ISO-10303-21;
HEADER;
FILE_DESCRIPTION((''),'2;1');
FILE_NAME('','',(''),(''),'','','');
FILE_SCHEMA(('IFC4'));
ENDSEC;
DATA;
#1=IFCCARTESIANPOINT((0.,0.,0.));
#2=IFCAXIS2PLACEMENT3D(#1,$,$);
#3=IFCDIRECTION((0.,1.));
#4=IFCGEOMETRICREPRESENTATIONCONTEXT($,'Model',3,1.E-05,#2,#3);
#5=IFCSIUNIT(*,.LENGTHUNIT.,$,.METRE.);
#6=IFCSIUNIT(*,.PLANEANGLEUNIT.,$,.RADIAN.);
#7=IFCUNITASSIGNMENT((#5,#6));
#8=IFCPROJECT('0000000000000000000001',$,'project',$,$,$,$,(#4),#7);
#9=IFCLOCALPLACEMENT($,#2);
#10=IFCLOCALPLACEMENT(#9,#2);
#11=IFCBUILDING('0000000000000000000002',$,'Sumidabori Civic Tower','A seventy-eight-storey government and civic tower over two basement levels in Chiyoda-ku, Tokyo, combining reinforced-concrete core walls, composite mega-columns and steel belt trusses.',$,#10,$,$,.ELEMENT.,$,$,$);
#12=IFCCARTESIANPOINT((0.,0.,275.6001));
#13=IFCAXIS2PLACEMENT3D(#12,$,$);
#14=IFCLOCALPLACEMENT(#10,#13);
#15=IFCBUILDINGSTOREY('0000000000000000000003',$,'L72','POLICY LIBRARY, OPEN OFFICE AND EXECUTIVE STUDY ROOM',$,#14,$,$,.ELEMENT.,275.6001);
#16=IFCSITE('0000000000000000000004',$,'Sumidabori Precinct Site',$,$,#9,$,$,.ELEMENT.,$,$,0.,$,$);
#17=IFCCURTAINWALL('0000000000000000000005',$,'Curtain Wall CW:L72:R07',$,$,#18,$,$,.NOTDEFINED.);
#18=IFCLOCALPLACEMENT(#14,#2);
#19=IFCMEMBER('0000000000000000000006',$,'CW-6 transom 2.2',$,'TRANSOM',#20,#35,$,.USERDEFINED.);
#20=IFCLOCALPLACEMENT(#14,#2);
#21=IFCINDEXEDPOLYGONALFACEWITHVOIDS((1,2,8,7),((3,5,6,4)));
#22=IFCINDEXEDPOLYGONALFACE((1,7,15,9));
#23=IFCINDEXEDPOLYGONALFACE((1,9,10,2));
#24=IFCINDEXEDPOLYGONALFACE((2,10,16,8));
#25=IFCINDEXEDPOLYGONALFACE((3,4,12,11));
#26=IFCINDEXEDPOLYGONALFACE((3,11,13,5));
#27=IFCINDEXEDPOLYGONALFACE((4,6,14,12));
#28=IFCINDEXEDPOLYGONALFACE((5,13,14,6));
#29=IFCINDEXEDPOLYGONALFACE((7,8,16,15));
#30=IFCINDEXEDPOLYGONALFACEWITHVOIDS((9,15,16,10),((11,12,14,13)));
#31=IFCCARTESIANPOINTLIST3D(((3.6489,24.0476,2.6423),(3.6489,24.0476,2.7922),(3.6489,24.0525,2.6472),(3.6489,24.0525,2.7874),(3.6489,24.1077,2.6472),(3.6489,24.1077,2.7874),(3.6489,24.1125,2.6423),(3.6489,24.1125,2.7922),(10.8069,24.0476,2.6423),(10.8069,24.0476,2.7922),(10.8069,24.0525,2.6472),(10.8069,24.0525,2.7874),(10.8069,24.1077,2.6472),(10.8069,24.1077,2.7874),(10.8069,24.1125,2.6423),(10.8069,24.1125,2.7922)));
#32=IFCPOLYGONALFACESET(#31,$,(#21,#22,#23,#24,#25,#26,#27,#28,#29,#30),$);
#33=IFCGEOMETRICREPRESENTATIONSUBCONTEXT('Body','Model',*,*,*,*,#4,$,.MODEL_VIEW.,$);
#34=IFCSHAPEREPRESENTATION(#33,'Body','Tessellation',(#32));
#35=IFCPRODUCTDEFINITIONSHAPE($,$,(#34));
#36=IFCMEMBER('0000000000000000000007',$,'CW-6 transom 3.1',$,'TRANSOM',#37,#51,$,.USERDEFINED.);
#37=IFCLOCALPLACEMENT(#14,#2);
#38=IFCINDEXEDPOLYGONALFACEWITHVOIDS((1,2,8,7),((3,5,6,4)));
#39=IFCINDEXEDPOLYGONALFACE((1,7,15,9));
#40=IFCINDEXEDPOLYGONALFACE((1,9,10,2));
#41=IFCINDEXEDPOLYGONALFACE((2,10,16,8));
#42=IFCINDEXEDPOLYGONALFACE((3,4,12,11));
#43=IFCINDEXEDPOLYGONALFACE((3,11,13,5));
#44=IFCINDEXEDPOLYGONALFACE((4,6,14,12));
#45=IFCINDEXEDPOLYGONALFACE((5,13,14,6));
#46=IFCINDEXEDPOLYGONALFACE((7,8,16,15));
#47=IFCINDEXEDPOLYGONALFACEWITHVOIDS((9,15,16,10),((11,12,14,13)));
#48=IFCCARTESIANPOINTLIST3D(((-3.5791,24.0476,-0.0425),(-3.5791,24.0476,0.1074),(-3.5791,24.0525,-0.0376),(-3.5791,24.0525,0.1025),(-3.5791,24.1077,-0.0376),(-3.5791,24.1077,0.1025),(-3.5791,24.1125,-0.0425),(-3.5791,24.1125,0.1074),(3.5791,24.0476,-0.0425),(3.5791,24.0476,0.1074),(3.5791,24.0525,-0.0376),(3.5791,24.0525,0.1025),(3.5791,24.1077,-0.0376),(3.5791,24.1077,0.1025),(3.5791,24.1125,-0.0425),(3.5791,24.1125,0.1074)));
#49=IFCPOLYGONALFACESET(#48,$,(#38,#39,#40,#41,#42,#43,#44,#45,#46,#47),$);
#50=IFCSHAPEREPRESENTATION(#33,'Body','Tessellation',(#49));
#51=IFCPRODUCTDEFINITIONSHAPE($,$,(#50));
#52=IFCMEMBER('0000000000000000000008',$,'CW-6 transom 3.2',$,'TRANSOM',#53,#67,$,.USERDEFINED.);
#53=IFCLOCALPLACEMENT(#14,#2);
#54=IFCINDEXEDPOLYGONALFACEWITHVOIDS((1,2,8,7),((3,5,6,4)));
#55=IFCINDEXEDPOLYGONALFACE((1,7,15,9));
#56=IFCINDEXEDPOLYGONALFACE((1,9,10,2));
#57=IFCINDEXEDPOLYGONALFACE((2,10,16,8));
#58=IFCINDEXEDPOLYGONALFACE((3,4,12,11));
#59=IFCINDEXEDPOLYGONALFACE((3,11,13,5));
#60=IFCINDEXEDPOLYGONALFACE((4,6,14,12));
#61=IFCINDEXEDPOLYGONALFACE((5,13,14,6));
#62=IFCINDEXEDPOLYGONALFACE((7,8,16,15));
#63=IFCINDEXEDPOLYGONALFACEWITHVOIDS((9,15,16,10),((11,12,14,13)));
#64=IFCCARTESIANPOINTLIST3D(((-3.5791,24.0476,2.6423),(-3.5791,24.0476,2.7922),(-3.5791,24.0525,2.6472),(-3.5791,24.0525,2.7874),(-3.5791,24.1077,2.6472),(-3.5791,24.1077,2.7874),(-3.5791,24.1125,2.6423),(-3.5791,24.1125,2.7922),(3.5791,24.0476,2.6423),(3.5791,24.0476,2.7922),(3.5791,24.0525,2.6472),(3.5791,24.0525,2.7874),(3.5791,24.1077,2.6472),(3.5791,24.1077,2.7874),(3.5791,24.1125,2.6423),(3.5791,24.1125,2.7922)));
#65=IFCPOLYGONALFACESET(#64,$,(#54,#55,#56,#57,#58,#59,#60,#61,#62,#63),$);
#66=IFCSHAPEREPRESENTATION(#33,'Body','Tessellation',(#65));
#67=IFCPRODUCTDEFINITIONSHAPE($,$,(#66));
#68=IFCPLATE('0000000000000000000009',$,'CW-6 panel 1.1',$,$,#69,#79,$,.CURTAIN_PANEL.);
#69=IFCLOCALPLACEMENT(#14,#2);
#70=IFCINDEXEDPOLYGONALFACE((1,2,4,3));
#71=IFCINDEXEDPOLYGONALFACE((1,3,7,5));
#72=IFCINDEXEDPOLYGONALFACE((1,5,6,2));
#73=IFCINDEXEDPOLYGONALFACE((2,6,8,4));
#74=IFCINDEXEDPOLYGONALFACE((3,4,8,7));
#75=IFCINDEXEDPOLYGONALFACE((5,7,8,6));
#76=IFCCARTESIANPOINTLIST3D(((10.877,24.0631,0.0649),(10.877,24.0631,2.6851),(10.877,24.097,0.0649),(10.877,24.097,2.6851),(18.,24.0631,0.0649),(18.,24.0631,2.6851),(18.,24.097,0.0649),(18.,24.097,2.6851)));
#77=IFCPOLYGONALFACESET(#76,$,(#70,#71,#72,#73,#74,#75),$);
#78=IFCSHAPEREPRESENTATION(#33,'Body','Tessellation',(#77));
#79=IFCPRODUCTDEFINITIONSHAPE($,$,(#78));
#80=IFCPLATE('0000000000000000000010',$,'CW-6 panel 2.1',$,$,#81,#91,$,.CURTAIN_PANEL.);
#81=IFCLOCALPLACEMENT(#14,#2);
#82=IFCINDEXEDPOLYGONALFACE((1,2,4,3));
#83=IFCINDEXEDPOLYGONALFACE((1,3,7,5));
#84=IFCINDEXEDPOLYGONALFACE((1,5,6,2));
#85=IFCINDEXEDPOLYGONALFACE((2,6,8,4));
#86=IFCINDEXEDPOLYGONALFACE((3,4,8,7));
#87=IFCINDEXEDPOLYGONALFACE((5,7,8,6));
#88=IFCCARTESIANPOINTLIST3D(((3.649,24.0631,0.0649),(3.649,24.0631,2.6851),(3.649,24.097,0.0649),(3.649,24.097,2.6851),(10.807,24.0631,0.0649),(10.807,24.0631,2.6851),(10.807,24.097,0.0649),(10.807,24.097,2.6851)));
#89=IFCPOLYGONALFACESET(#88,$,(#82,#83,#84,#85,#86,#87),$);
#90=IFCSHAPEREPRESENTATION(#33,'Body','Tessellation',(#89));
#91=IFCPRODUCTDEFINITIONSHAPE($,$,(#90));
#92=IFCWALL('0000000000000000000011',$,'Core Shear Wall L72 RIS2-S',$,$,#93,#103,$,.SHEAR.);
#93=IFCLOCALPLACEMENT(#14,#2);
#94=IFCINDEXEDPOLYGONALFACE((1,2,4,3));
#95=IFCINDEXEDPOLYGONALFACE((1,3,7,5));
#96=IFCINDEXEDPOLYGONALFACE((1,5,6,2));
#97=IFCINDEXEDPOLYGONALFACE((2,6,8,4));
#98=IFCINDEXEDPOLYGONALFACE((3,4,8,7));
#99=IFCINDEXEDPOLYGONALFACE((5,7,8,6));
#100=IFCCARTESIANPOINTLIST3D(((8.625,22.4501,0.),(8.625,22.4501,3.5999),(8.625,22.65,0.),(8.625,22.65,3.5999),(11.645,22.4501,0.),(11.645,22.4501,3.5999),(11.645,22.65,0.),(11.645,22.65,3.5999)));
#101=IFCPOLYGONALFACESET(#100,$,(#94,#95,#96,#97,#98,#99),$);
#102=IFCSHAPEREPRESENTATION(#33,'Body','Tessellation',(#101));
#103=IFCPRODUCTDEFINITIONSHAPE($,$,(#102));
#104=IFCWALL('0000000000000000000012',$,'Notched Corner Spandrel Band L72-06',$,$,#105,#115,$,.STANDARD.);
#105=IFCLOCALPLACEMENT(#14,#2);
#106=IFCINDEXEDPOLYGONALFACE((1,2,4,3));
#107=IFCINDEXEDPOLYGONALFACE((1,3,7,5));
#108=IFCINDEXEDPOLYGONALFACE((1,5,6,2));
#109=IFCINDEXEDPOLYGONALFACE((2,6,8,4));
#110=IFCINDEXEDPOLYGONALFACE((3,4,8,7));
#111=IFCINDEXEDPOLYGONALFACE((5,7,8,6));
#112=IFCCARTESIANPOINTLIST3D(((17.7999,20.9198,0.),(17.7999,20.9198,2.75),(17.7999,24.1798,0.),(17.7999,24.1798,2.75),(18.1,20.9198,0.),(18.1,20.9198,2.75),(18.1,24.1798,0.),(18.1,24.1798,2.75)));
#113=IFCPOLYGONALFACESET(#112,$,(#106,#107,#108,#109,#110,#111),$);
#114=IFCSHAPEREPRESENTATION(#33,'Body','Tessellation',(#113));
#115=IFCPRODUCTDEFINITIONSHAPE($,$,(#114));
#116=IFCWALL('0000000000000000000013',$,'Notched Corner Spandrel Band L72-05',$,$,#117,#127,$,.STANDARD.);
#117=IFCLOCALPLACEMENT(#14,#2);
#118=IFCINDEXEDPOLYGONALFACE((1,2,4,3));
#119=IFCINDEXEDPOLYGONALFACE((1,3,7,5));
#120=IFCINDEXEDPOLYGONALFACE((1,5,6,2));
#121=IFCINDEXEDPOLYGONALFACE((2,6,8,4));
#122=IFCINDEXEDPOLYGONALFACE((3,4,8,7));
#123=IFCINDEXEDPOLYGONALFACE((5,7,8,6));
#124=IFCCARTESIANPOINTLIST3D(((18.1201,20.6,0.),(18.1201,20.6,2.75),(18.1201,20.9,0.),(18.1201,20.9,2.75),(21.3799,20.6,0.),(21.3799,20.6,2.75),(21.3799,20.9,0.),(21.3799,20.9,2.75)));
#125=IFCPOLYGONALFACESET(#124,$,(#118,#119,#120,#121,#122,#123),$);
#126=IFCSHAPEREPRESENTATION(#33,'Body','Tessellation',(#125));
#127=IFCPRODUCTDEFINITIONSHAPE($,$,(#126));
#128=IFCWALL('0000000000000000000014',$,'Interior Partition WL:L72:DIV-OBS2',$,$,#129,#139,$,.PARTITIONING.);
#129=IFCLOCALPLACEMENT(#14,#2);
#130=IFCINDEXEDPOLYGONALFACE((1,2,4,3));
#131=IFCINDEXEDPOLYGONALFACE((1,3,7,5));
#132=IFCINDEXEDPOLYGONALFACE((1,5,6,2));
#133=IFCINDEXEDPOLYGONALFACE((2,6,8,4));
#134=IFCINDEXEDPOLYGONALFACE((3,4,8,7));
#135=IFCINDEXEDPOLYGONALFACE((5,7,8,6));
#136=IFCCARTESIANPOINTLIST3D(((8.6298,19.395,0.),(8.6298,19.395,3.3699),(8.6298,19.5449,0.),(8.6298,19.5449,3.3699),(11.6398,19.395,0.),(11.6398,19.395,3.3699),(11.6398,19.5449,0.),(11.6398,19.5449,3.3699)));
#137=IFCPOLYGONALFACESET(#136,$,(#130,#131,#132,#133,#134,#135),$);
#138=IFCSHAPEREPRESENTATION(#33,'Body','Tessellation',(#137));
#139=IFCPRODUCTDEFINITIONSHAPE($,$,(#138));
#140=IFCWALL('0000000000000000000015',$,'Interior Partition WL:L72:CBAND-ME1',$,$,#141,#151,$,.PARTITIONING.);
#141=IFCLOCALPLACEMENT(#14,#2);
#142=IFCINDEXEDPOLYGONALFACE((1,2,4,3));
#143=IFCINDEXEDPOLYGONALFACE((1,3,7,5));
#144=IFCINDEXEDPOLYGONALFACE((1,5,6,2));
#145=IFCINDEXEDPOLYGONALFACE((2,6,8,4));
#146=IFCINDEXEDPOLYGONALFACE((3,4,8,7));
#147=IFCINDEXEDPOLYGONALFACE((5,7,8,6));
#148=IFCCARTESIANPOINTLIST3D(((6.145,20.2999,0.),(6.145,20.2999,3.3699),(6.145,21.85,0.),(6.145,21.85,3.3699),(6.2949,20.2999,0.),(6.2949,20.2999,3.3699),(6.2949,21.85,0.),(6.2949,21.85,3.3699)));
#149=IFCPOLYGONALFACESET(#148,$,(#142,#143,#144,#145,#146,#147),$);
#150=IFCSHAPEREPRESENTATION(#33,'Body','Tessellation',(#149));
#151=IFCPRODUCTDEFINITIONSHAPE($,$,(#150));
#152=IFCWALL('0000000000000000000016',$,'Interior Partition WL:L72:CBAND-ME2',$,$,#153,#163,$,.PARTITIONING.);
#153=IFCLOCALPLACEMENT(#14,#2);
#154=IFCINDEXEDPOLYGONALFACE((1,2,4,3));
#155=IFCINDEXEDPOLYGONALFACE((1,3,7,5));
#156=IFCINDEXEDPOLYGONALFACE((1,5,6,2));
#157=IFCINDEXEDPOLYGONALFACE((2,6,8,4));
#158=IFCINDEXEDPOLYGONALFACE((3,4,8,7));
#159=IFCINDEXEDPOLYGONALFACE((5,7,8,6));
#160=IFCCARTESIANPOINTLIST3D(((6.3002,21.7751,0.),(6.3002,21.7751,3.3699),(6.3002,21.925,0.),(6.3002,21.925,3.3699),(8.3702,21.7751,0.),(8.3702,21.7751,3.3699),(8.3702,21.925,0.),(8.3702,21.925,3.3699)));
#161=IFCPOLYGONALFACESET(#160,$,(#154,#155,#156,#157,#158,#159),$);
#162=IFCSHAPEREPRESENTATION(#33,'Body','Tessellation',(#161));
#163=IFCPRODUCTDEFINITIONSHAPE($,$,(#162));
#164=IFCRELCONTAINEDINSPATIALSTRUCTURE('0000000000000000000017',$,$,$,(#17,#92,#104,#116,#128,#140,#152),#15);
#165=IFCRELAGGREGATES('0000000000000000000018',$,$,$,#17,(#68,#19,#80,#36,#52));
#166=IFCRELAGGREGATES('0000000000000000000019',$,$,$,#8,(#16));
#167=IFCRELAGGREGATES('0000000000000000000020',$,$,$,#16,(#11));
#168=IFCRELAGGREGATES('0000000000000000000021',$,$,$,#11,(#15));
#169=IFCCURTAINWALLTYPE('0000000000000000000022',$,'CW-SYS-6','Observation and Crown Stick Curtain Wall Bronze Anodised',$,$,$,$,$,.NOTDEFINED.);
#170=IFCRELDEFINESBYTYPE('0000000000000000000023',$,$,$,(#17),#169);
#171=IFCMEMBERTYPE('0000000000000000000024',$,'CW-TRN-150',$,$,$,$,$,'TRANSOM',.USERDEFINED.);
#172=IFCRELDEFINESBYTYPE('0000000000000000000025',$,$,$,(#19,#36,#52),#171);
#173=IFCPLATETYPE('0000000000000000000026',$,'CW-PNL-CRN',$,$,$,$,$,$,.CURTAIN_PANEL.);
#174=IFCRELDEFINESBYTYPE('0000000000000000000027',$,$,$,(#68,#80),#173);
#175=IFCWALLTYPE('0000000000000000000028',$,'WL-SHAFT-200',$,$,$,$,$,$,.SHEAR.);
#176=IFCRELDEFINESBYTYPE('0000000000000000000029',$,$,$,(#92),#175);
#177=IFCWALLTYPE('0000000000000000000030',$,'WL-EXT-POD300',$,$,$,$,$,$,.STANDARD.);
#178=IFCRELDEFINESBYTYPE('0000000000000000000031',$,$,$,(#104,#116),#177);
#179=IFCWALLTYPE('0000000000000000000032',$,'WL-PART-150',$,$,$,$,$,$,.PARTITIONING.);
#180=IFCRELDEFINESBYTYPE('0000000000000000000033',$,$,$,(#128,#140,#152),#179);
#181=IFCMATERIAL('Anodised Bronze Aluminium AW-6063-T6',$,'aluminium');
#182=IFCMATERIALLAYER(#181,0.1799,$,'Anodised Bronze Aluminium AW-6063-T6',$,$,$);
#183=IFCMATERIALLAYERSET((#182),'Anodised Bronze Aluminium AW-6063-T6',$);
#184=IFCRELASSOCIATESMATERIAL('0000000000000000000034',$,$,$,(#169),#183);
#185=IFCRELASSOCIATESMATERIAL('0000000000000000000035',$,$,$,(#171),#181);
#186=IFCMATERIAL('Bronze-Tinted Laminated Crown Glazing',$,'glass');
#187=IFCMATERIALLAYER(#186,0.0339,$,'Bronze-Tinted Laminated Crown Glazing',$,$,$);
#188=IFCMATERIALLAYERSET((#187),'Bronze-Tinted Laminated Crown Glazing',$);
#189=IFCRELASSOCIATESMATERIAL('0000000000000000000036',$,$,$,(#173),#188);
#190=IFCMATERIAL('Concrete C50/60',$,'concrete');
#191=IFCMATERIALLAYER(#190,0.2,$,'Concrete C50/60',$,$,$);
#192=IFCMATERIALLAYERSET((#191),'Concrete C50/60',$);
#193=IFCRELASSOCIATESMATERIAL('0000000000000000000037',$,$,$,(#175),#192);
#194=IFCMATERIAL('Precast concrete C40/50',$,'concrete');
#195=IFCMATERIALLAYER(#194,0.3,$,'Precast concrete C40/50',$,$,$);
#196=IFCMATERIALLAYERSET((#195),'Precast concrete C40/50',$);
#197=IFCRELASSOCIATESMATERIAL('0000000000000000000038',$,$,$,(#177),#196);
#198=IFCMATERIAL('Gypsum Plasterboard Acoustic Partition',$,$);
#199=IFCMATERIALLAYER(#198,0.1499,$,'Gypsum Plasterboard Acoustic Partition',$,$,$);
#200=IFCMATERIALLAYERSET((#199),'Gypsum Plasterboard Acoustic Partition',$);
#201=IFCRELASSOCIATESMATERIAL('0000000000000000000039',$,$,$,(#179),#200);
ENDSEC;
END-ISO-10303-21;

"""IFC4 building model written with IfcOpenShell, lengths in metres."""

from ifc_helpers import new_model, si_unit, direction, frame, frame_2d, origin, origin_2d, place, context, subcontext, project, spatial, rectangle, hollow_rectangle, extrude, source, transform, mapped, material, layer, layer_set, material_profile, profile_set, type_object, element, aggregate, save


model = new_model("IFC4")

# Units and contexts
model_context = context("Model", 3, precision=1e-05, world=origin(), true_north=direction((0.0, 1.0)))
body_context = subcontext(model_context, "Body", "Model", "MODEL_VIEW")
ifc_project = project(units=[si_unit("LENGTHUNIT", "METRE"), si_unit("PLANEANGLEUNIT", "RADIAN")], contexts=[model_context])

# Site, building, storey
site_placement = place(None, origin())
site = spatial("IfcSite", under=ifc_project, at=site_placement, Name="Sumidabori Precinct Site", CompositionType="ELEMENT", RefElevation=0.0)
building_placement = place(site_placement, origin())
building = spatial("IfcBuilding", under=site, at=building_placement, Name="Sumidabori Civic Tower", Description="A seventy-eight-storey government and civic tower over two basement levels in Chiyoda-ku, Tokyo, combining reinforced-concrete core walls, composite mega-columns and steel belt trusses.", CompositionType="ELEMENT")
storey_placement = place(building_placement, frame((0.0, 0.0, 275.6001)))
storey = spatial("IfcBuildingStorey", under=building, at=storey_placement, Name="L72", Description="POLICY LIBRARY, OPEN OFFICE AND EXECUTIVE STUDY ROOM", CompositionType="ELEMENT", Elevation=275.6001)

# Shared definitions
ifc_material_1 = material(Name="Concrete C50/60", Category="concrete")

# Shared definitions
ifc_material_2 = material(Name="Anodised Bronze Aluminium AW-6063-T6", Category="aluminium")
ifc_layer_1 = layer(ifc_material_2, 0.1799, Name="Anodised Bronze Aluminium AW-6063-T6")
ifc_layer_set_1 = layer_set([ifc_layer_1], Name="Anodised Bronze Aluminium AW-6063-T6")
curtain_wall_type = type_object("IfcCurtainWallType", Name="CW-SYS-6", Description="Observation and Crown Stick Curtain Wall Bronze Anodised", PredefinedType="NOTDEFINED", material=ifc_layer_set_1)

# Curtain wall, members, plates
curtain_wall_1_placement = place(storey_placement, origin())
curtain_wall_1 = element("IfcCurtainWall", 1, at=curtain_wall_1_placement, inside=storey, type_object=curtain_wall_type, Name="Curtain Wall CW:L72:R07", PredefinedType="NOTDEFINED")
ifc_material_profile_1 = material_profile(ifc_material_2, hollow_rectangle(XDim=0.0649, YDim=0.1499, WallThickness=0.0049, at=origin_2d()), Name="ALU TRANSOM 150x65")
ifc_profile_set_1 = profile_set([ifc_material_profile_1], Name="Anodised Bronze Aluminium AW-6063-T6")
member_type_1 = type_object("IfcMemberType", Name="CW-TRN-150", ElementType="TRANSOM", PredefinedType="USERDEFINED", material=ifc_profile_set_1)
shared_shape_1 = source(origin(), body_context, "Body", "SweptSolid", [
    extrude(hollow_rectangle(XDim=0.0649, YDim=0.1499, WallThickness=0.0049, at=origin_2d()), origin(), (0.0, 0.0, 1.0), 7.158),
])
member_1_placement = place(storey_placement, frame((10.8069, 24.0801, 2.7173), z_axis=(-1.0, 0.0, 0.0), x_axis=(0.0, -1.0, 0.0)))
member_1 = element("IfcMember", 2, at=member_1_placement, type_object=member_type_1, Name="CW-6 transom 2.2", ObjectType="TRANSOM", PredefinedType="USERDEFINED", context=body_context, shape_type="MappedRepresentation", body=[
    mapped(shared_shape_1, transform((0.0, 0.0, 0.0), x_axis=(1.0, 0.0, 0.0), y_axis=(0.0, 1.0, 0.0), z_axis=(0.0, 0.0, 1.0), scale=1.0)),
])
shared_shape_2 = source(origin(), body_context, "Body", "SweptSolid", [
    extrude(hollow_rectangle(XDim=0.0649, YDim=0.1499, WallThickness=0.0049, at=origin_2d()), origin(), (0.0, 0.0, 1.0), 7.1582),
])
member_2_placement = place(storey_placement, frame((3.5791, 24.0801, 0.0325), z_axis=(-1.0, 0.0, 0.0), x_axis=(0.0, -1.0, 0.0)))
member_2 = element("IfcMember", 3, at=member_2_placement, type_object=member_type_1, Name="CW-6 transom 3.1", ObjectType="TRANSOM", PredefinedType="USERDEFINED", context=body_context, shape_type="MappedRepresentation", body=[
    mapped(shared_shape_2, transform((0.0, 0.0, 0.0), x_axis=(1.0, 0.0, 0.0), y_axis=(0.0, 1.0, 0.0), z_axis=(0.0, 0.0, 1.0), scale=1.0)),
])
member_3_placement = place(storey_placement, frame((3.5791, 24.0801, 2.7173), z_axis=(-1.0, 0.0, 0.0), x_axis=(0.0, -1.0, 0.0)))
member_3 = element("IfcMember", 4, at=member_3_placement, type_object=member_type_1, Name="CW-6 transom 3.2", ObjectType="TRANSOM", PredefinedType="USERDEFINED", context=body_context, shape_type="MappedRepresentation", body=[
    mapped(shared_shape_2, transform((0.0, 0.0, 0.0), x_axis=(1.0, 0.0, 0.0), y_axis=(0.0, 1.0, 0.0), z_axis=(0.0, 0.0, 1.0), scale=1.0)),
])
ifc_material_3 = material(Name="Bronze-Tinted Laminated Crown Glazing", Category="glass")
ifc_layer_2 = layer(ifc_material_3, 0.0339, Name="Bronze-Tinted Laminated Crown Glazing")
ifc_layer_set_2 = layer_set([ifc_layer_2], Name="Bronze-Tinted Laminated Crown Glazing")
plate_type = type_object("IfcPlateType", Name="CW-PNL-CRN", PredefinedType="CURTAIN_PANEL", material=ifc_layer_set_2)
shared_shape_3 = source(origin(), body_context, "Body", "SweptSolid", [
    extrude(rectangle(XDim=7.123, YDim=0.0339, at=origin_2d()), origin(), (0.0, 0.0, 1.0), 2.6201),
])
plate_1_placement = place(storey_placement, frame((14.4385, 24.0801, 0.0649), z_axis=(0.0, 0.0, 1.0), x_axis=(-1.0, 0.0, 0.0)))
plate_1 = element("IfcPlate", 5, at=plate_1_placement, type_object=plate_type, Name="CW-6 panel 1.1", PredefinedType="CURTAIN_PANEL", context=body_context, shape_type="MappedRepresentation", body=[
    mapped(shared_shape_3, transform((0.0, 0.0, 0.0), x_axis=(1.0, 0.0, 0.0), y_axis=(0.0, 1.0, 0.0), z_axis=(0.0, 0.0, 1.0), scale=1.0)),
])
shared_shape_4 = source(origin(), body_context, "Body", "SweptSolid", [
    extrude(rectangle(XDim=7.158, YDim=0.0339, at=origin_2d()), origin(), (0.0, 0.0, 1.0), 2.6201),
])
plate_2_placement = place(storey_placement, frame((7.228, 24.0801, 0.0649), z_axis=(0.0, 0.0, 1.0), x_axis=(-1.0, 0.0, 0.0)))
plate_2 = element("IfcPlate", 6, at=plate_2_placement, type_object=plate_type, Name="CW-6 panel 2.1", PredefinedType="CURTAIN_PANEL", context=body_context, shape_type="MappedRepresentation", body=[
    mapped(shared_shape_4, transform((0.0, 0.0, 0.0), x_axis=(1.0, 0.0, 0.0), y_axis=(0.0, 1.0, 0.0), z_axis=(0.0, 0.0, 1.0), scale=1.0)),
])
aggregate(curtain_wall_1, [plate_1, member_1, plate_2, member_2, member_3])

# Walls
ifc_layer_3 = layer(ifc_material_1, 0.2, Name="Concrete C50/60")
ifc_layer_set_3 = layer_set([ifc_layer_3], Name="Concrete C50/60")
wall_type_1 = type_object("IfcWallType", Name="WL-SHAFT-200", PredefinedType="SHEAR", material=ifc_layer_set_3)
shared_shape_5 = source(origin(), body_context, "Body", "SweptSolid", [
    extrude(rectangle(XDim=3.02, YDim=0.2, at=frame_2d((1.51, 0.0))), origin(), (0.0, 0.0, 1.0), 3.5999),
])
wall_1_placement = place(storey_placement, frame((8.625, 22.55, 0.0), z_axis=(0.0, 0.0, 1.0), x_axis=(1.0, 0.0, 0.0)))
element("IfcWall", 7, at=wall_1_placement, inside=storey, type_object=wall_type_1, Name="Core Shear Wall L72 RIS2-S", PredefinedType="SHEAR", context=body_context, shape_type="MappedRepresentation", body=[
    mapped(shared_shape_5, transform((0.0, 0.0, 0.0), x_axis=(1.0, 0.0, 0.0), y_axis=(0.0, 1.0, 0.0), z_axis=(0.0, 0.0, 1.0), scale=1.0)),
])
ifc_material_4 = material(Name="Precast concrete C40/50", Category="concrete")
ifc_layer_4 = layer(ifc_material_4, 0.3, Name="Precast concrete C40/50")
ifc_layer_set_4 = layer_set([ifc_layer_4], Name="Precast concrete C40/50")
wall_type_2 = type_object("IfcWallType", Name="WL-EXT-POD300", PredefinedType="STANDARD", material=ifc_layer_set_4)
shared_shape_6 = source(origin(), body_context, "Body", "SweptSolid", [
    extrude(rectangle(XDim=3.26, YDim=0.3, at=frame_2d((1.6299, 0.0))), origin(), (0.0, 0.0, 1.0), 2.75),
])
wall_2_placement = place(storey_placement, frame((17.95, 20.9199, 0.0), z_axis=(0.0, 0.0, 1.0), x_axis=(0.0, 1.0, 0.0)))
element("IfcWall", 8, at=wall_2_placement, inside=storey, type_object=wall_type_2, Name="Notched Corner Spandrel Band L72-06", PredefinedType="STANDARD", context=body_context, shape_type="MappedRepresentation", body=[
    mapped(shared_shape_6, transform((0.0, 0.0, 0.0), x_axis=(1.0, 0.0, 0.0), y_axis=(0.0, 1.0, 0.0), z_axis=(0.0, 0.0, 1.0), scale=1.0)),
])
shared_shape_7 = source(origin(), body_context, "Body", "SweptSolid", [
    extrude(rectangle(XDim=3.2598, YDim=0.3, at=frame_2d((1.6299, 0.0))), origin(), (0.0, 0.0, 1.0), 2.75),
])
wall_3_placement = place(storey_placement, frame((21.3799, 20.75, 0.0), z_axis=(0.0, 0.0, 1.0), x_axis=(-1.0, 0.0, 0.0)))
element("IfcWall", 9, at=wall_3_placement, inside=storey, type_object=wall_type_2, Name="Notched Corner Spandrel Band L72-05", PredefinedType="STANDARD", context=body_context, shape_type="MappedRepresentation", body=[
    mapped(shared_shape_7, transform((0.0, 0.0, 0.0), x_axis=(1.0, 0.0, 0.0), y_axis=(0.0, 1.0, 0.0), z_axis=(0.0, 0.0, 1.0), scale=1.0)),
])
ifc_material_5 = material(Name="Gypsum Plasterboard Acoustic Partition")
ifc_layer_5 = layer(ifc_material_5, 0.1499, Name="Gypsum Plasterboard Acoustic Partition")
ifc_layer_set_5 = layer_set([ifc_layer_5], Name="Gypsum Plasterboard Acoustic Partition")
wall_type_3 = type_object("IfcWallType", Name="WL-PART-150", PredefinedType="PARTITIONING", material=ifc_layer_set_5)
shared_shape_8 = source(origin(), body_context, "Body", "SweptSolid", [
    extrude(rectangle(XDim=3.01, YDim=0.1499, at=frame_2d((1.5049, 0.0))), origin(), (0.0, 0.0, 1.0), 3.3699),
])
wall_4_placement = place(storey_placement, frame((8.6299, 19.47, 0.0), z_axis=(0.0, 0.0, 1.0), x_axis=(1.0, 0.0, 0.0)))
element("IfcWall", 10, at=wall_4_placement, inside=storey, type_object=wall_type_3, Name="Interior Partition WL:L72:DIV-OBS2", PredefinedType="PARTITIONING", context=body_context, shape_type="MappedRepresentation", body=[
    mapped(shared_shape_8, transform((0.0, 0.0, 0.0), x_axis=(1.0, 0.0, 0.0), y_axis=(0.0, 1.0, 0.0), z_axis=(0.0, 0.0, 1.0), scale=1.0)),
])
shared_shape_9 = source(origin(), body_context, "Body", "SweptSolid", [
    extrude(rectangle(XDim=1.55, YDim=0.1499, at=frame_2d((0.7749, 0.0))), origin(), (0.0, 0.0, 1.0), 3.3699),
])
wall_5_placement = place(storey_placement, frame((6.22, 20.3, 0.0), z_axis=(0.0, 0.0, 1.0), x_axis=(0.0, 1.0, 0.0)))
element("IfcWall", 11, at=wall_5_placement, inside=storey, type_object=wall_type_3, Name="Interior Partition WL:L72:CBAND-ME1", PredefinedType="PARTITIONING", context=body_context, shape_type="MappedRepresentation", body=[
    mapped(shared_shape_9, transform((0.0, 0.0, 0.0), x_axis=(1.0, 0.0, 0.0), y_axis=(0.0, 1.0, 0.0), z_axis=(0.0, 0.0, 1.0), scale=1.0)),
])
shared_shape_10 = source(origin(), body_context, "Body", "SweptSolid", [
    extrude(rectangle(XDim=2.0701, YDim=0.1499, at=frame_2d((1.0352, 0.0))), origin(), (0.0, 0.0, 1.0), 3.3699),
])
wall_6_placement = place(storey_placement, frame((6.3, 21.8501, 0.0), z_axis=(0.0, 0.0, 1.0), x_axis=(1.0, 0.0, 0.0)))
element("IfcWall", 12, at=wall_6_placement, inside=storey, type_object=wall_type_3, Name="Interior Partition WL:L72:CBAND-ME2", PredefinedType="PARTITIONING", context=body_context, shape_type="MappedRepresentation", body=[
    mapped(shared_shape_10, transform((0.0, 0.0, 0.0), x_axis=(1.0, 0.0, 0.0), y_axis=(0.0, 1.0, 0.0), z_axis=(0.0, 0.0, 1.0), scale=1.0)),
])

save(model, "model.ifc")
